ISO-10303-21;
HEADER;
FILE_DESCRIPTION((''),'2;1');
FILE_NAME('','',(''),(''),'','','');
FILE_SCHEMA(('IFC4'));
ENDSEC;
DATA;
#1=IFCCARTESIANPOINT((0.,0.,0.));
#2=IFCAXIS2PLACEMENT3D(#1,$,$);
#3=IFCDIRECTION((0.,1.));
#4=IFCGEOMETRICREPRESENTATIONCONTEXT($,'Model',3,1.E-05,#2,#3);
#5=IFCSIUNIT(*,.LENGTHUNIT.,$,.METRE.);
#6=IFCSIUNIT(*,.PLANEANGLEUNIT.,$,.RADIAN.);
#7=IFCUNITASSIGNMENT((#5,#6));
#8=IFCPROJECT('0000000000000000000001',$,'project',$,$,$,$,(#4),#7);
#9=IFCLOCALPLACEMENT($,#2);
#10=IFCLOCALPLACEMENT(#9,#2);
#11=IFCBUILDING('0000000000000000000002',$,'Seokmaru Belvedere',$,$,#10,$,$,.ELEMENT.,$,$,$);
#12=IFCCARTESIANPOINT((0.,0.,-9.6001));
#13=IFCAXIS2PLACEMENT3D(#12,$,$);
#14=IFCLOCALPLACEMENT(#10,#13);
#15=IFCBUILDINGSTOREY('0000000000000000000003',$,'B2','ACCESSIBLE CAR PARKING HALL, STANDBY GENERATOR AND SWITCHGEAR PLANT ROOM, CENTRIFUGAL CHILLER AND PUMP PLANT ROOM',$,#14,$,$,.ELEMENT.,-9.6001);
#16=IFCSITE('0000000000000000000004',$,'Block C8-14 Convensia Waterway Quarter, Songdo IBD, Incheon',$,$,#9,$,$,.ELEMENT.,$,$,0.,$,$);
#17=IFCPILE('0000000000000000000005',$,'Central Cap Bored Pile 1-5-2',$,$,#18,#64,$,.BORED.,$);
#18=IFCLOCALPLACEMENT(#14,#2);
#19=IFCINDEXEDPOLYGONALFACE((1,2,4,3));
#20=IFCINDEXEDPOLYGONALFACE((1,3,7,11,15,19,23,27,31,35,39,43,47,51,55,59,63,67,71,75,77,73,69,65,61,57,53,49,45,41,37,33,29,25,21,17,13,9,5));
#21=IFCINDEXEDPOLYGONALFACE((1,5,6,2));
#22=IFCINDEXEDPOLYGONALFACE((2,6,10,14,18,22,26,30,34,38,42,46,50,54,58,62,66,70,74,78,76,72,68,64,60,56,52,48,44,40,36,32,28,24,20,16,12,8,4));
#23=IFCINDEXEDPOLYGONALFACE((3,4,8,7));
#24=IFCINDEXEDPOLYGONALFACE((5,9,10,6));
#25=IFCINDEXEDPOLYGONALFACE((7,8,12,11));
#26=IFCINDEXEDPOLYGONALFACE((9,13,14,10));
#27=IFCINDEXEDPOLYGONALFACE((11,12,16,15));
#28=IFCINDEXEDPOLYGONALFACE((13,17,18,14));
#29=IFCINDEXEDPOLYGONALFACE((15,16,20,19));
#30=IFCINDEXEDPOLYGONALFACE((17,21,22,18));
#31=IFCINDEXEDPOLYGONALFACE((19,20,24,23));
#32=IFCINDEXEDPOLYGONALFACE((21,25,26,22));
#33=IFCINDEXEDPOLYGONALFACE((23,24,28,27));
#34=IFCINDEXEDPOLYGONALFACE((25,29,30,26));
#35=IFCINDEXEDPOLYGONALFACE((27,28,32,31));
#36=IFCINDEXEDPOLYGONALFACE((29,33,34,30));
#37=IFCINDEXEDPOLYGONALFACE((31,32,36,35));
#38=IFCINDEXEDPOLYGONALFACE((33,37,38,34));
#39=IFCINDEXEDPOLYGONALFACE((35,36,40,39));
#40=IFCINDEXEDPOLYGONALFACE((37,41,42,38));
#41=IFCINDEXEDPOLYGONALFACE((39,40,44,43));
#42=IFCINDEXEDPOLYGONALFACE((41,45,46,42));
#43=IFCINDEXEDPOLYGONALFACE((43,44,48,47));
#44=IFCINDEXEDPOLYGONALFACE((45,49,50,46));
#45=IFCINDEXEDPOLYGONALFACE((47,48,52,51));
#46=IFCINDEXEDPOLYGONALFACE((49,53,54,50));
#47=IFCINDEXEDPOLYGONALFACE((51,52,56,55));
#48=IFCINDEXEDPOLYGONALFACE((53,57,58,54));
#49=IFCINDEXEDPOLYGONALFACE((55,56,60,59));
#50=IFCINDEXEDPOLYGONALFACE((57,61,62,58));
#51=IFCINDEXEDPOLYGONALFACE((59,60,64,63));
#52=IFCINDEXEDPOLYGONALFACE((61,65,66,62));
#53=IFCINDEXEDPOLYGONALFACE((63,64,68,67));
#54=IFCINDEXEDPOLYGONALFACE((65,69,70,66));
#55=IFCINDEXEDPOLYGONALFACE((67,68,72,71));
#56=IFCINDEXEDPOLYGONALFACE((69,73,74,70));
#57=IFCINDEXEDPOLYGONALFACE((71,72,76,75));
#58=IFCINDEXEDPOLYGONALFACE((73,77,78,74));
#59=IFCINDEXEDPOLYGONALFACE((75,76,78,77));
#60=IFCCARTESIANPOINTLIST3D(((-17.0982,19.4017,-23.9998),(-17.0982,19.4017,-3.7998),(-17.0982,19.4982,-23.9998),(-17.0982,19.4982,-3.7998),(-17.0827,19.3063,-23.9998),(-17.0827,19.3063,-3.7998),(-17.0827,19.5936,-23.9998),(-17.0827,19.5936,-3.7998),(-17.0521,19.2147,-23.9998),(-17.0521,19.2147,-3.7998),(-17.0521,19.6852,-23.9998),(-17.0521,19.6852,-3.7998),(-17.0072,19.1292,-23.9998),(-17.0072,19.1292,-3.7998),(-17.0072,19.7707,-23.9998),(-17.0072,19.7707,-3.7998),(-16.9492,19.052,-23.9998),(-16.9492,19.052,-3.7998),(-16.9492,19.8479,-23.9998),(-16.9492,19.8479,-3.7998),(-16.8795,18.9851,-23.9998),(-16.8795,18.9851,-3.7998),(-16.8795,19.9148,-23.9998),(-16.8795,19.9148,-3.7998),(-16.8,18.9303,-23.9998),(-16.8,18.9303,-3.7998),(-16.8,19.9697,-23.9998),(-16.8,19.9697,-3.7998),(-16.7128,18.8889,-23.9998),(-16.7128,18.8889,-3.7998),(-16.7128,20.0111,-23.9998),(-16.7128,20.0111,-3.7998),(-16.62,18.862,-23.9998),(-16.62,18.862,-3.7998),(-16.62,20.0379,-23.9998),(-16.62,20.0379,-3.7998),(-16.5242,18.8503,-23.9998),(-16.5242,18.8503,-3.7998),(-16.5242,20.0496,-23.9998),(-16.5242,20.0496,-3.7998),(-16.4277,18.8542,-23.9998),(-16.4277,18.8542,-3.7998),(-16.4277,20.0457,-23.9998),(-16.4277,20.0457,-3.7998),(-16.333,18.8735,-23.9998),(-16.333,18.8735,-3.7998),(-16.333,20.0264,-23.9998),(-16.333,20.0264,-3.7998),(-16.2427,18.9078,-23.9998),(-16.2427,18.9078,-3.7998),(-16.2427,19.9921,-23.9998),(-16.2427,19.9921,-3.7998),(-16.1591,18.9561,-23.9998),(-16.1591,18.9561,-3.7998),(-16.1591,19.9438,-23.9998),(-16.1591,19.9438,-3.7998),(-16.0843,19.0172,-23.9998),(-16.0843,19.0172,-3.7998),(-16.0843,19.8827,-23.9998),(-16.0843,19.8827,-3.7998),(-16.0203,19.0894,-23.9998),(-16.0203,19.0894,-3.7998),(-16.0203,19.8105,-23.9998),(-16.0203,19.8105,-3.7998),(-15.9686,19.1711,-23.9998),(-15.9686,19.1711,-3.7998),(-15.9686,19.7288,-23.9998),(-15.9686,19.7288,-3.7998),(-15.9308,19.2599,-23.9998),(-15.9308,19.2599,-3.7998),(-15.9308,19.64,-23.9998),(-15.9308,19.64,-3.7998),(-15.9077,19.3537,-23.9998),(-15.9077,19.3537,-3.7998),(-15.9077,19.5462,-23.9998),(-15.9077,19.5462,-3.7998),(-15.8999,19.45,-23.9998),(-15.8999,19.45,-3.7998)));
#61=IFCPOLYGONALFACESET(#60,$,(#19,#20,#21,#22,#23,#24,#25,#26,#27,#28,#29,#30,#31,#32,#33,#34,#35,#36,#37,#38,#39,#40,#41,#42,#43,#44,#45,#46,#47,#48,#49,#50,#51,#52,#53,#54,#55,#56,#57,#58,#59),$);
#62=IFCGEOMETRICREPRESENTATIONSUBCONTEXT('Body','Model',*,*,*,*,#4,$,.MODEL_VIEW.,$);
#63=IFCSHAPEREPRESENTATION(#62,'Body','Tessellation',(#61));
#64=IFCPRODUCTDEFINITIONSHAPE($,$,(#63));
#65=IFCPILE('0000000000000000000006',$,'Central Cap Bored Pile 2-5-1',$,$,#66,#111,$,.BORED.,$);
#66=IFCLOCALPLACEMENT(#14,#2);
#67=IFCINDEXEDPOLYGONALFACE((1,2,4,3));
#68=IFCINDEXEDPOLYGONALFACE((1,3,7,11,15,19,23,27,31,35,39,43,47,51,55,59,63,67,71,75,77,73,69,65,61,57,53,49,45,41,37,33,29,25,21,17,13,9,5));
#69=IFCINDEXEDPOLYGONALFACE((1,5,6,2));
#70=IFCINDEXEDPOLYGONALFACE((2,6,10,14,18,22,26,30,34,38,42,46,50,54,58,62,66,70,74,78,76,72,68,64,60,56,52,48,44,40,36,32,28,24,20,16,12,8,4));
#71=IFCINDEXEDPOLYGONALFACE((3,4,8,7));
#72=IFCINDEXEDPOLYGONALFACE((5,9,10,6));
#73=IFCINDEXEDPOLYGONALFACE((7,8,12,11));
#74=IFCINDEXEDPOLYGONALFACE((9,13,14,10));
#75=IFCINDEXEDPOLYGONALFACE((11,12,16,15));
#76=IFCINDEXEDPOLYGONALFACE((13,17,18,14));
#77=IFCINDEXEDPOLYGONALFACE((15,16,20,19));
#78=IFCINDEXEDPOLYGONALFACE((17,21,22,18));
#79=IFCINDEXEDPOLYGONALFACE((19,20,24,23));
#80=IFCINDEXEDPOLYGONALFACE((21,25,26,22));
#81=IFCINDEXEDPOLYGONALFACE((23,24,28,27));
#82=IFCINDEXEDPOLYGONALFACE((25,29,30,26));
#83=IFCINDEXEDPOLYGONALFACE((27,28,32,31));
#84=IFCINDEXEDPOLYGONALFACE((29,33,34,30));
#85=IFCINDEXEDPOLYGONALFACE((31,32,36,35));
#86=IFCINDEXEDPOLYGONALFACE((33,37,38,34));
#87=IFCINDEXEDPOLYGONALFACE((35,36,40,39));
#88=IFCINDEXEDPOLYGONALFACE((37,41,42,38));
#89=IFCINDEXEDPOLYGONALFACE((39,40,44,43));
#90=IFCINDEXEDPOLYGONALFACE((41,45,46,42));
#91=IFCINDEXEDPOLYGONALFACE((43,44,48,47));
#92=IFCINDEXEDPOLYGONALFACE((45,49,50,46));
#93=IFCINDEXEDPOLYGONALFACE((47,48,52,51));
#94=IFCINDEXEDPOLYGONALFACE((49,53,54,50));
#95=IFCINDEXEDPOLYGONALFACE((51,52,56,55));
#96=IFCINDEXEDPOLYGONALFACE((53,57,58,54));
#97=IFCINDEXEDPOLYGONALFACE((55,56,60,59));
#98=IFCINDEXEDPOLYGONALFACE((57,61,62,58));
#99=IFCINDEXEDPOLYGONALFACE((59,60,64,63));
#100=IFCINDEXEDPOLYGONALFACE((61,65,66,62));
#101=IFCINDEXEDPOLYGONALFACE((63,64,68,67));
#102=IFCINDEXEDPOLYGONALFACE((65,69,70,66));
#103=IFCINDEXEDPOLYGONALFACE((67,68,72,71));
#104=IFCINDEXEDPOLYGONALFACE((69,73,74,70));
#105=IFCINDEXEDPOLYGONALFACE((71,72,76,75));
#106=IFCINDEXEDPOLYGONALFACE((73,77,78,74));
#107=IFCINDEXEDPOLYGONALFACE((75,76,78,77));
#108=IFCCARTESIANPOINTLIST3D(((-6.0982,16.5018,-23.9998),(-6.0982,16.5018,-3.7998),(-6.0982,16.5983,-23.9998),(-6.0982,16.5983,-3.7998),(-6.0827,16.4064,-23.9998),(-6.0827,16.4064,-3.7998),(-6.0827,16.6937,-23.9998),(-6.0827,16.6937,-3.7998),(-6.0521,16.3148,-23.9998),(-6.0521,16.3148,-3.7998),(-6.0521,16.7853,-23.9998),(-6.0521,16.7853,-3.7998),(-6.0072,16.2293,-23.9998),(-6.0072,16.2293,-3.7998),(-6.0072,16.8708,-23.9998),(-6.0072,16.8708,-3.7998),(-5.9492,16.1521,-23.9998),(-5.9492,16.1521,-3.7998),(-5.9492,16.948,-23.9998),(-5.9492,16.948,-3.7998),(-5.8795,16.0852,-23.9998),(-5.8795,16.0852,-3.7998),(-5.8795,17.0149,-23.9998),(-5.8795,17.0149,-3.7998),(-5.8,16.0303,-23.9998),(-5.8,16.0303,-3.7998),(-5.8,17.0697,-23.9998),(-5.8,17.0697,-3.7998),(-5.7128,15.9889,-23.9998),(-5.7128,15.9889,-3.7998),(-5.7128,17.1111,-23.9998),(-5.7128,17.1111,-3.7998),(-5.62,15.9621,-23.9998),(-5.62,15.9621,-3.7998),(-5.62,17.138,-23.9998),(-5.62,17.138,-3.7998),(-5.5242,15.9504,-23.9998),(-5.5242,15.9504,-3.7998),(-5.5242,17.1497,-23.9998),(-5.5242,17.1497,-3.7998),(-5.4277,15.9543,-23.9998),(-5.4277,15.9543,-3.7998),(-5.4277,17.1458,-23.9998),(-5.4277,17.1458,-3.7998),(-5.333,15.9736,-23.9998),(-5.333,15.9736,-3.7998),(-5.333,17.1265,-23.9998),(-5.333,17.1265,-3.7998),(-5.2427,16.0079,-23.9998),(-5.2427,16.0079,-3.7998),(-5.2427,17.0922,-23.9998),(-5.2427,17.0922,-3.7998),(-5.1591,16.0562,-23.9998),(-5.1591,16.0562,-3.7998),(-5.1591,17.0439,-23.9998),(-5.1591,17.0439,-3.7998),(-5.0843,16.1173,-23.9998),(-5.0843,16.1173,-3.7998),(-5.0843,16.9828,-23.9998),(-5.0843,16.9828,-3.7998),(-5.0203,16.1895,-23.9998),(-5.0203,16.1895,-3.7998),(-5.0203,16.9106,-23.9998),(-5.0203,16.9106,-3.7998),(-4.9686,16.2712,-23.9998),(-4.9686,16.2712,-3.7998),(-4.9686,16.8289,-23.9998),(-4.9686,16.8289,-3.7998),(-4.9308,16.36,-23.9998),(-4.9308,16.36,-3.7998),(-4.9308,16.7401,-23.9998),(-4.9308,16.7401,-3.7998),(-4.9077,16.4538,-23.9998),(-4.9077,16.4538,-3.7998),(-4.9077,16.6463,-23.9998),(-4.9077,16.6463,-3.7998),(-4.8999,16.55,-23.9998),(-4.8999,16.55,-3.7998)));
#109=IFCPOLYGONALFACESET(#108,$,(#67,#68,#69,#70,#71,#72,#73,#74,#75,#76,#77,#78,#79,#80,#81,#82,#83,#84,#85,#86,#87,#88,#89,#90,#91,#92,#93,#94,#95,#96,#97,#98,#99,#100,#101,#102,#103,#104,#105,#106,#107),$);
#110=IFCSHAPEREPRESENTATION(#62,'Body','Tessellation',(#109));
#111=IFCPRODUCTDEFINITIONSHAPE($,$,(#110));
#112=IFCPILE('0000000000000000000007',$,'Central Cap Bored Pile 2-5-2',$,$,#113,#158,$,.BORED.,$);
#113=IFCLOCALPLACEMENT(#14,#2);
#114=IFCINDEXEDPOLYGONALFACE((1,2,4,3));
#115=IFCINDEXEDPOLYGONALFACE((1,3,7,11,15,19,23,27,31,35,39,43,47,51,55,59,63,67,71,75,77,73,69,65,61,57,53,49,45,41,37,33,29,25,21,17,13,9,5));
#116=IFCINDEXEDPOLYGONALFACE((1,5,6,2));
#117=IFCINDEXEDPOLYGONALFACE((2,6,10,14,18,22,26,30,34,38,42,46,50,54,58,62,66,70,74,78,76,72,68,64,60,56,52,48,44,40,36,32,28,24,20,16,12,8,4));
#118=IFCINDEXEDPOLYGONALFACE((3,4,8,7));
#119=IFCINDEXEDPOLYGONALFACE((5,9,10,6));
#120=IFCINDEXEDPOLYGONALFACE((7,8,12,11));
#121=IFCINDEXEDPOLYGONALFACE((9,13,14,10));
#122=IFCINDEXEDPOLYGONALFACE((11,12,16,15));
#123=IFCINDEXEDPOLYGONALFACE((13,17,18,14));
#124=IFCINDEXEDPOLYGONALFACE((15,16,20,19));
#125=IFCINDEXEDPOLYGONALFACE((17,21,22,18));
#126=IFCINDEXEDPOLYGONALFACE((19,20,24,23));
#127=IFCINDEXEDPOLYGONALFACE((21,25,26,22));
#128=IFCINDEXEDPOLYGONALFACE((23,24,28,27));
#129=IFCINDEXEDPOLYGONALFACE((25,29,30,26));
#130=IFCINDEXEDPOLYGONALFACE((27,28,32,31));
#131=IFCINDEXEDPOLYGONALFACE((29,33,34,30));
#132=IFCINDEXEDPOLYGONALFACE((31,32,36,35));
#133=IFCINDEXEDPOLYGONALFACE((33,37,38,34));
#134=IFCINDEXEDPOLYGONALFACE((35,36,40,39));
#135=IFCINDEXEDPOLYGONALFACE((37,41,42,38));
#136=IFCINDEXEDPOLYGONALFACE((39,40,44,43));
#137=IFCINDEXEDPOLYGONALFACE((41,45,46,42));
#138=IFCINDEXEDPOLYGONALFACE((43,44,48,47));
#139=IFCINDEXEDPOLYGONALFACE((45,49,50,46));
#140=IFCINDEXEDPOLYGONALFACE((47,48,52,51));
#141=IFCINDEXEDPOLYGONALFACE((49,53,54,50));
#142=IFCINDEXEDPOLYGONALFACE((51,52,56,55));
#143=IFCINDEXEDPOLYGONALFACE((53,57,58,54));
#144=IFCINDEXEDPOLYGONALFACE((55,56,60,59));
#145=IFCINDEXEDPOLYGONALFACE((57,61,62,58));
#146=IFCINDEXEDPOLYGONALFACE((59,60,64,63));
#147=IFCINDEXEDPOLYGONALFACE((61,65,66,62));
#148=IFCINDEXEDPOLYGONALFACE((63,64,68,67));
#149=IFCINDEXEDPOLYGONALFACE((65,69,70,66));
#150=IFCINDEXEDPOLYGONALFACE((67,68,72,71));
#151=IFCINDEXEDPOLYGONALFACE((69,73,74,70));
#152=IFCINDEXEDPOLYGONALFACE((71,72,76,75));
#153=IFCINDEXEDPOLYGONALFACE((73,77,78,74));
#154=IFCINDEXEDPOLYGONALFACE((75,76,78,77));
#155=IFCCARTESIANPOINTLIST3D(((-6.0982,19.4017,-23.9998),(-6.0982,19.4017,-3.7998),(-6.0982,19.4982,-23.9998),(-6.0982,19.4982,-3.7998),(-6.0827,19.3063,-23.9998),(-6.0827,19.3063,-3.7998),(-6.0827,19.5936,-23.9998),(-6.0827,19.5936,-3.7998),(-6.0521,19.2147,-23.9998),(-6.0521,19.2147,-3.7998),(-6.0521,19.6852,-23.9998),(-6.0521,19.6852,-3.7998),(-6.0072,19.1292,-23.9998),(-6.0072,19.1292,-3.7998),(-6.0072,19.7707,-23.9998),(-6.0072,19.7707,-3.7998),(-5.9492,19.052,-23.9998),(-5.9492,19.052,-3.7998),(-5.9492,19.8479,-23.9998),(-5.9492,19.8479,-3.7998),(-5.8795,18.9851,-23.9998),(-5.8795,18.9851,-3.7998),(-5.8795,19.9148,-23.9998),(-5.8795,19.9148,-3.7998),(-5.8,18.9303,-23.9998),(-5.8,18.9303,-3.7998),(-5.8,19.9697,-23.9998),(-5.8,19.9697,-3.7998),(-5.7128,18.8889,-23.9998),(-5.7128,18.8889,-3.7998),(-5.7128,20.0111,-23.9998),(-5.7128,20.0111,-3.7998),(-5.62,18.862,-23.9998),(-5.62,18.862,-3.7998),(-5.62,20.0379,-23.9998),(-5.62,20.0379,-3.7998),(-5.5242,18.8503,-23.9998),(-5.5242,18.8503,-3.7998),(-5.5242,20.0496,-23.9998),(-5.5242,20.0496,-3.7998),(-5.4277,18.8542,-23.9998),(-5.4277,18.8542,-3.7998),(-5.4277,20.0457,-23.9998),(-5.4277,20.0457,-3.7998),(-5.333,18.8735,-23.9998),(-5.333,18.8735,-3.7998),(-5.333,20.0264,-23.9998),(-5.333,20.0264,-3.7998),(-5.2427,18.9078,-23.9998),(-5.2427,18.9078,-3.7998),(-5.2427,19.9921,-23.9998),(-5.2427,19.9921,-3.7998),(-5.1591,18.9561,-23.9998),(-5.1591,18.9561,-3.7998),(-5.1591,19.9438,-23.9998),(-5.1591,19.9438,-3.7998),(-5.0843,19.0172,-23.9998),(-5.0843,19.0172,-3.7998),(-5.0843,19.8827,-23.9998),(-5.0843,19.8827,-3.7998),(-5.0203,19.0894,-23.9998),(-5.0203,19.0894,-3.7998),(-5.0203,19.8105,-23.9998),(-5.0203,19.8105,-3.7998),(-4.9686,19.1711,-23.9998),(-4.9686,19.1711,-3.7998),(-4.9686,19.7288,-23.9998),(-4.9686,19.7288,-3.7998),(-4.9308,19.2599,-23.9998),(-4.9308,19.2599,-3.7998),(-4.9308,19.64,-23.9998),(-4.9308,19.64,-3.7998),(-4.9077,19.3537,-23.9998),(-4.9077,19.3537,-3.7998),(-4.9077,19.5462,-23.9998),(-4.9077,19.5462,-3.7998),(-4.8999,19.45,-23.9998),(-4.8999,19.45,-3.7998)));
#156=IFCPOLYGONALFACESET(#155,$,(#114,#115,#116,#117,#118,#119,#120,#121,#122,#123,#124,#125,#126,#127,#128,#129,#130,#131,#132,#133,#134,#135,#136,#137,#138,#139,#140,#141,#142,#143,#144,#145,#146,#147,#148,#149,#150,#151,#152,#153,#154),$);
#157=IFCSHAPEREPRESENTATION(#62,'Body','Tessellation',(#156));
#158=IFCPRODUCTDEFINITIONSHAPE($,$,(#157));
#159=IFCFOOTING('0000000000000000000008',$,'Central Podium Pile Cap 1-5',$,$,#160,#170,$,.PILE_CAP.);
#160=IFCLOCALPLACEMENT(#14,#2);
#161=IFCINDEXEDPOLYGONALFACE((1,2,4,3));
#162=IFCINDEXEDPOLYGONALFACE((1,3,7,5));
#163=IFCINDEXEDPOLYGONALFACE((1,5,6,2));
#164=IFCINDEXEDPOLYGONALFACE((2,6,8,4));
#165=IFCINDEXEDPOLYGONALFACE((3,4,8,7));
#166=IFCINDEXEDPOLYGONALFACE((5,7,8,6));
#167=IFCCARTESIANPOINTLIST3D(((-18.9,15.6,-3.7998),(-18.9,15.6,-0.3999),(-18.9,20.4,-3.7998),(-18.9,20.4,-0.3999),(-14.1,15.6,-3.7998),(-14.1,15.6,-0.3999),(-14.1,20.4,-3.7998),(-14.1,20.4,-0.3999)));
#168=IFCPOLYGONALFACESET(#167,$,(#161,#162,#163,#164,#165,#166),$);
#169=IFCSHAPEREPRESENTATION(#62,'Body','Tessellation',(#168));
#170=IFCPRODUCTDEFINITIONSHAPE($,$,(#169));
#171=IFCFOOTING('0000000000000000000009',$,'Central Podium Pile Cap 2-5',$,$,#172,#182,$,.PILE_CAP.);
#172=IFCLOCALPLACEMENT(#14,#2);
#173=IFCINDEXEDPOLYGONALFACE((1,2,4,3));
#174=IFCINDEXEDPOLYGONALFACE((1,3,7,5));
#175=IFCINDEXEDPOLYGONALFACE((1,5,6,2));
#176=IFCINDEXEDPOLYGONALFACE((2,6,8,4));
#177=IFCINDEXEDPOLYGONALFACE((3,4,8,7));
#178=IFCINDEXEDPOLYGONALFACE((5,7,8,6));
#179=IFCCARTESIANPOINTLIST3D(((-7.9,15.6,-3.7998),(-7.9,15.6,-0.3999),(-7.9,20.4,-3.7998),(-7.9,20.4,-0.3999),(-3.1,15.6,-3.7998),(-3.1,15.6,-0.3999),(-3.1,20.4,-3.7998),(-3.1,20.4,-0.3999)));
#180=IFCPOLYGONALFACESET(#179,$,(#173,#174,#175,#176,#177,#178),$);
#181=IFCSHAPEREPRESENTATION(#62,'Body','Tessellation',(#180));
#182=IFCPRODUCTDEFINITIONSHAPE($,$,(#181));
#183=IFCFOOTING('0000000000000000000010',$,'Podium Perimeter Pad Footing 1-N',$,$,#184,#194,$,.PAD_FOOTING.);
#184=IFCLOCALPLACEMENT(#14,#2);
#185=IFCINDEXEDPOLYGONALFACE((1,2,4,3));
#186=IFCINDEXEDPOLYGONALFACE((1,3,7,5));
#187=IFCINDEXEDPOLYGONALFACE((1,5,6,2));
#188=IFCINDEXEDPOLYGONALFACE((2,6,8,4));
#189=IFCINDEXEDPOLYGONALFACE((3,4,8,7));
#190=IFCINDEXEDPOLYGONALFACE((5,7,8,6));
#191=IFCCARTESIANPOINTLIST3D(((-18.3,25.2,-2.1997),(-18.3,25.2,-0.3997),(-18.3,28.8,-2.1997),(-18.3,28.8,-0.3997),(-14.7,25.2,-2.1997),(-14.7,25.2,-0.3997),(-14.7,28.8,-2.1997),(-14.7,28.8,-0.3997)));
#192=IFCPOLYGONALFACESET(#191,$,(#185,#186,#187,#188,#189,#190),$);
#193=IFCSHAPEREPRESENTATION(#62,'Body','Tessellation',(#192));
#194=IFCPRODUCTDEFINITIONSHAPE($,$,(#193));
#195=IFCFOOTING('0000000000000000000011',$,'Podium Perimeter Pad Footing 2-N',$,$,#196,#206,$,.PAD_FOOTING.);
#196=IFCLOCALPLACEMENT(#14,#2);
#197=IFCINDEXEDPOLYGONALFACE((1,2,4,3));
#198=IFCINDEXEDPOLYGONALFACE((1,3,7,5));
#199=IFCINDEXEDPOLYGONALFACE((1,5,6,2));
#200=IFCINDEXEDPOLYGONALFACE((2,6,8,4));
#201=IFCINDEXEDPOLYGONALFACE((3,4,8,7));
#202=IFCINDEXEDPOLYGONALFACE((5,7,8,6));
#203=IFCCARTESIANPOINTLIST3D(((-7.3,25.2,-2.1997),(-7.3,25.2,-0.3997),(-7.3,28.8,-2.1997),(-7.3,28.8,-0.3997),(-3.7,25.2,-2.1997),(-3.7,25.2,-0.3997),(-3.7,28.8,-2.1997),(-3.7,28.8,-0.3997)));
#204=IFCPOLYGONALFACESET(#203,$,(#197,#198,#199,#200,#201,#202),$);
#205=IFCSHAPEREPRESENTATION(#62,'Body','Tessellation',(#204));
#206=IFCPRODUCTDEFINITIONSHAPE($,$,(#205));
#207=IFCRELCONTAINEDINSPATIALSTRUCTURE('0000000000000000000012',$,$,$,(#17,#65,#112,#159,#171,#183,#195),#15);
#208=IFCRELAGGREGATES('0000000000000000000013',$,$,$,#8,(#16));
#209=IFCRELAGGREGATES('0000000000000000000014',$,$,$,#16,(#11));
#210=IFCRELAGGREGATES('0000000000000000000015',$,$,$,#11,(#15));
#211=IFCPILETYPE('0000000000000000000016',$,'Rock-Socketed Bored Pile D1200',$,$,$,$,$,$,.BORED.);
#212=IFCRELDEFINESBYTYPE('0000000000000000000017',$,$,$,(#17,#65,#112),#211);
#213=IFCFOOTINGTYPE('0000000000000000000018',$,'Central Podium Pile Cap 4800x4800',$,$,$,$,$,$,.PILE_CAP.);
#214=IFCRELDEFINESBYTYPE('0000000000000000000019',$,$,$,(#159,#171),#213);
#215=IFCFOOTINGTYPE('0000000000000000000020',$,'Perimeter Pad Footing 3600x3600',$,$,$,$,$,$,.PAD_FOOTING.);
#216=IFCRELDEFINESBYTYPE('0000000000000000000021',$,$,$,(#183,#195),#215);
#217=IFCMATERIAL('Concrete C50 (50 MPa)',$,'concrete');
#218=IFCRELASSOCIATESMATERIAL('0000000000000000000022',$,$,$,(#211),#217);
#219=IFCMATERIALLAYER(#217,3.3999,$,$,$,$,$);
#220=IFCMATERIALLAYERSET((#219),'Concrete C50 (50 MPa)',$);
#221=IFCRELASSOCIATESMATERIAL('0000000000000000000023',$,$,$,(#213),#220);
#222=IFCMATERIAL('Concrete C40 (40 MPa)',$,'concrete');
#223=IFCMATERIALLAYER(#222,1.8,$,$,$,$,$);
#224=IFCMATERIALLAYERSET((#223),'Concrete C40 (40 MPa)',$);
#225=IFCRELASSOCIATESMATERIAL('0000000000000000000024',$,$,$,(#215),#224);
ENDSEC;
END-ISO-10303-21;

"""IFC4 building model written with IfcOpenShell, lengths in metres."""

from ifc_helpers import new_model, si_unit, direction, frame, origin, origin_2d, place, context, subcontext, project, spatial, rectangle, circle, extrude, source, transform, mapped, material, layer, layer_set, material_profile, profile_set, type_object, type_shapes, element, save


model = new_model("IFC4")

# Units and contexts
model_context = context("Model", 3, precision=1e-05, world=origin(), true_north=direction((0.0, 1.0)))
body_context = subcontext(model_context, "Body", "Model", "MODEL_VIEW")
ifc_project = project(units=[si_unit("LENGTHUNIT", "METRE"), si_unit("PLANEANGLEUNIT", "RADIAN")], contexts=[model_context])

# Site, building, storey
site_placement = place(None, origin())
site = spatial("IfcSite", under=ifc_project, at=site_placement, Name="Block C8-14 Convensia Waterway Quarter, Songdo IBD, Incheon", CompositionType="ELEMENT", RefElevation=0.0)
building_placement = place(site_placement, origin())
building = spatial("IfcBuilding", under=site, at=building_placement, Name="Seokmaru Belvedere", CompositionType="ELEMENT")
storey_placement = place(building_placement, frame((0.0, 0.0, -9.6001)))
storey = spatial("IfcBuildingStorey", under=building, at=storey_placement, Name="B2", Description="ACCESSIBLE CAR PARKING HALL, STANDBY GENERATOR AND SWITCHGEAR PLANT ROOM, CENTRIFUGAL CHILLER AND PUMP PLANT ROOM", CompositionType="ELEMENT", Elevation=-9.6001)

# Piles
ifc_material_1 = material(Name="Concrete C50 (50 MPa)", Category="concrete")
ifc_material_profile_1 = material_profile(ifc_material_1, circle(Radius=0.6001, at=origin_2d()), Name="PILE-D1200")
ifc_profile_set_1 = profile_set([ifc_material_profile_1], Name="Concrete C50 (50 MPa)")
pile_type_1 = type_object("IfcPileType", Name="Rock-Socketed Bored Pile D1200", PredefinedType="BORED", material=ifc_profile_set_1)
shared_shape_1 = source(origin(), body_context, "Body", "SweptSolid", [
    extrude(circle(Radius=0.6001, at=origin_2d()), origin(), (0.0, 0.0, 1.0), 20.2),
])
type_shapes(pile_type_1, [shared_shape_1])
for number, where, z_axis, x_axis, name in (
    (1, (-16.5, 19.45, -3.7998), (0.0, 0.0, -1.0), (1.0, 0.0, 0.0), "Central Cap Bored Pile 1-5-2"),
    (2, (-5.5, 16.55, -3.7998), (0.0, 0.0, -1.0), (1.0, 0.0, 0.0), "Central Cap Bored Pile 2-5-1"),
    (3, (-5.5, 19.45, -3.7998), (0.0, 0.0, -1.0), (1.0, 0.0, 0.0), "Central Cap Bored Pile 2-5-2"),
):
    element("IfcPile", number, at=place(storey_placement, frame(where, z_axis=z_axis, x_axis=x_axis)), inside=storey, type_object=pile_type_1, Name=name, PredefinedType="BORED", context=body_context, shape_type="MappedRepresentation", body=[
        mapped(shared_shape_1, transform((0.0, 0.0, 0.0), scale=1.0)),
    ])

# Footings
ifc_layer_1 = layer(ifc_material_1, 3.3999)
ifc_layer_set_1 = layer_set([ifc_layer_1], Name="Concrete C50 (50 MPa)")
footing_type_1 = type_object("IfcFootingType", Name="Central Podium Pile Cap 4800x4800", PredefinedType="PILE_CAP", material=ifc_layer_set_1)
shared_shape_2 = source(origin(), body_context, "Body", "SweptSolid", [
    extrude(rectangle(XDim=4.8, YDim=4.8, at=origin_2d()), origin(), (0.0, 0.0, 1.0), 3.3999),
])
type_shapes(footing_type_1, [shared_shape_2])
for number, where, z_axis, x_axis, name in (
    (4, (-16.5, 18.0, -3.7998), (0.0, 0.0, 1.0), (1.0, 0.0, 0.0), "Central Podium Pile Cap 1-5"),
    (5, (-5.5, 18.0, -3.7998), (0.0, 0.0, 1.0), (1.0, 0.0, 0.0), "Central Podium Pile Cap 2-5"),
):
    element("IfcFooting", number, at=place(storey_placement, frame(where, z_axis=z_axis, x_axis=x_axis)), inside=storey, type_object=footing_type_1, Name=name, PredefinedType="PILE_CAP", context=body_context, shape_type="MappedRepresentation", body=[
        mapped(shared_shape_2, transform((0.0, 0.0, 0.0), scale=1.0)),
    ])
ifc_material_2 = material(Name="Concrete C40 (40 MPa)", Category="concrete")
ifc_layer_2 = layer(ifc_material_2, 1.8)
ifc_layer_set_2 = layer_set([ifc_layer_2], Name="Concrete C40 (40 MPa)")
footing_type_2 = type_object("IfcFootingType", Name="Perimeter Pad Footing 3600x3600", PredefinedType="PAD_FOOTING", material=ifc_layer_set_2)
shared_shape_3 = source(origin(), body_context, "Body", "SweptSolid", [
    extrude(rectangle(XDim=3.6001, YDim=3.6001, at=origin_2d()), origin(), (0.0, 0.0, 1.0), 1.8),
])
type_shapes(footing_type_2, [shared_shape_3])
for number, where, z_axis, x_axis, name in (
    (6, (-16.5, 27.0, -2.1997), (0.0, 0.0, 1.0), (1.0, 0.0, 0.0), "Podium Perimeter Pad Footing 1-N"),
    (7, (-5.5, 27.0, -2.1997), (0.0, 0.0, 1.0), (1.0, 0.0, 0.0), "Podium Perimeter Pad Footing 2-N"),
):
    element("IfcFooting", number, at=place(storey_placement, frame(where, z_axis=z_axis, x_axis=x_axis)), inside=storey, type_object=footing_type_2, Name=name, PredefinedType="PAD_FOOTING", context=body_context, shape_type="MappedRepresentation", body=[
        mapped(shared_shape_3, transform((0.0, 0.0, 0.0), scale=1.0)),
    ])

save(model, "model.ifc")
